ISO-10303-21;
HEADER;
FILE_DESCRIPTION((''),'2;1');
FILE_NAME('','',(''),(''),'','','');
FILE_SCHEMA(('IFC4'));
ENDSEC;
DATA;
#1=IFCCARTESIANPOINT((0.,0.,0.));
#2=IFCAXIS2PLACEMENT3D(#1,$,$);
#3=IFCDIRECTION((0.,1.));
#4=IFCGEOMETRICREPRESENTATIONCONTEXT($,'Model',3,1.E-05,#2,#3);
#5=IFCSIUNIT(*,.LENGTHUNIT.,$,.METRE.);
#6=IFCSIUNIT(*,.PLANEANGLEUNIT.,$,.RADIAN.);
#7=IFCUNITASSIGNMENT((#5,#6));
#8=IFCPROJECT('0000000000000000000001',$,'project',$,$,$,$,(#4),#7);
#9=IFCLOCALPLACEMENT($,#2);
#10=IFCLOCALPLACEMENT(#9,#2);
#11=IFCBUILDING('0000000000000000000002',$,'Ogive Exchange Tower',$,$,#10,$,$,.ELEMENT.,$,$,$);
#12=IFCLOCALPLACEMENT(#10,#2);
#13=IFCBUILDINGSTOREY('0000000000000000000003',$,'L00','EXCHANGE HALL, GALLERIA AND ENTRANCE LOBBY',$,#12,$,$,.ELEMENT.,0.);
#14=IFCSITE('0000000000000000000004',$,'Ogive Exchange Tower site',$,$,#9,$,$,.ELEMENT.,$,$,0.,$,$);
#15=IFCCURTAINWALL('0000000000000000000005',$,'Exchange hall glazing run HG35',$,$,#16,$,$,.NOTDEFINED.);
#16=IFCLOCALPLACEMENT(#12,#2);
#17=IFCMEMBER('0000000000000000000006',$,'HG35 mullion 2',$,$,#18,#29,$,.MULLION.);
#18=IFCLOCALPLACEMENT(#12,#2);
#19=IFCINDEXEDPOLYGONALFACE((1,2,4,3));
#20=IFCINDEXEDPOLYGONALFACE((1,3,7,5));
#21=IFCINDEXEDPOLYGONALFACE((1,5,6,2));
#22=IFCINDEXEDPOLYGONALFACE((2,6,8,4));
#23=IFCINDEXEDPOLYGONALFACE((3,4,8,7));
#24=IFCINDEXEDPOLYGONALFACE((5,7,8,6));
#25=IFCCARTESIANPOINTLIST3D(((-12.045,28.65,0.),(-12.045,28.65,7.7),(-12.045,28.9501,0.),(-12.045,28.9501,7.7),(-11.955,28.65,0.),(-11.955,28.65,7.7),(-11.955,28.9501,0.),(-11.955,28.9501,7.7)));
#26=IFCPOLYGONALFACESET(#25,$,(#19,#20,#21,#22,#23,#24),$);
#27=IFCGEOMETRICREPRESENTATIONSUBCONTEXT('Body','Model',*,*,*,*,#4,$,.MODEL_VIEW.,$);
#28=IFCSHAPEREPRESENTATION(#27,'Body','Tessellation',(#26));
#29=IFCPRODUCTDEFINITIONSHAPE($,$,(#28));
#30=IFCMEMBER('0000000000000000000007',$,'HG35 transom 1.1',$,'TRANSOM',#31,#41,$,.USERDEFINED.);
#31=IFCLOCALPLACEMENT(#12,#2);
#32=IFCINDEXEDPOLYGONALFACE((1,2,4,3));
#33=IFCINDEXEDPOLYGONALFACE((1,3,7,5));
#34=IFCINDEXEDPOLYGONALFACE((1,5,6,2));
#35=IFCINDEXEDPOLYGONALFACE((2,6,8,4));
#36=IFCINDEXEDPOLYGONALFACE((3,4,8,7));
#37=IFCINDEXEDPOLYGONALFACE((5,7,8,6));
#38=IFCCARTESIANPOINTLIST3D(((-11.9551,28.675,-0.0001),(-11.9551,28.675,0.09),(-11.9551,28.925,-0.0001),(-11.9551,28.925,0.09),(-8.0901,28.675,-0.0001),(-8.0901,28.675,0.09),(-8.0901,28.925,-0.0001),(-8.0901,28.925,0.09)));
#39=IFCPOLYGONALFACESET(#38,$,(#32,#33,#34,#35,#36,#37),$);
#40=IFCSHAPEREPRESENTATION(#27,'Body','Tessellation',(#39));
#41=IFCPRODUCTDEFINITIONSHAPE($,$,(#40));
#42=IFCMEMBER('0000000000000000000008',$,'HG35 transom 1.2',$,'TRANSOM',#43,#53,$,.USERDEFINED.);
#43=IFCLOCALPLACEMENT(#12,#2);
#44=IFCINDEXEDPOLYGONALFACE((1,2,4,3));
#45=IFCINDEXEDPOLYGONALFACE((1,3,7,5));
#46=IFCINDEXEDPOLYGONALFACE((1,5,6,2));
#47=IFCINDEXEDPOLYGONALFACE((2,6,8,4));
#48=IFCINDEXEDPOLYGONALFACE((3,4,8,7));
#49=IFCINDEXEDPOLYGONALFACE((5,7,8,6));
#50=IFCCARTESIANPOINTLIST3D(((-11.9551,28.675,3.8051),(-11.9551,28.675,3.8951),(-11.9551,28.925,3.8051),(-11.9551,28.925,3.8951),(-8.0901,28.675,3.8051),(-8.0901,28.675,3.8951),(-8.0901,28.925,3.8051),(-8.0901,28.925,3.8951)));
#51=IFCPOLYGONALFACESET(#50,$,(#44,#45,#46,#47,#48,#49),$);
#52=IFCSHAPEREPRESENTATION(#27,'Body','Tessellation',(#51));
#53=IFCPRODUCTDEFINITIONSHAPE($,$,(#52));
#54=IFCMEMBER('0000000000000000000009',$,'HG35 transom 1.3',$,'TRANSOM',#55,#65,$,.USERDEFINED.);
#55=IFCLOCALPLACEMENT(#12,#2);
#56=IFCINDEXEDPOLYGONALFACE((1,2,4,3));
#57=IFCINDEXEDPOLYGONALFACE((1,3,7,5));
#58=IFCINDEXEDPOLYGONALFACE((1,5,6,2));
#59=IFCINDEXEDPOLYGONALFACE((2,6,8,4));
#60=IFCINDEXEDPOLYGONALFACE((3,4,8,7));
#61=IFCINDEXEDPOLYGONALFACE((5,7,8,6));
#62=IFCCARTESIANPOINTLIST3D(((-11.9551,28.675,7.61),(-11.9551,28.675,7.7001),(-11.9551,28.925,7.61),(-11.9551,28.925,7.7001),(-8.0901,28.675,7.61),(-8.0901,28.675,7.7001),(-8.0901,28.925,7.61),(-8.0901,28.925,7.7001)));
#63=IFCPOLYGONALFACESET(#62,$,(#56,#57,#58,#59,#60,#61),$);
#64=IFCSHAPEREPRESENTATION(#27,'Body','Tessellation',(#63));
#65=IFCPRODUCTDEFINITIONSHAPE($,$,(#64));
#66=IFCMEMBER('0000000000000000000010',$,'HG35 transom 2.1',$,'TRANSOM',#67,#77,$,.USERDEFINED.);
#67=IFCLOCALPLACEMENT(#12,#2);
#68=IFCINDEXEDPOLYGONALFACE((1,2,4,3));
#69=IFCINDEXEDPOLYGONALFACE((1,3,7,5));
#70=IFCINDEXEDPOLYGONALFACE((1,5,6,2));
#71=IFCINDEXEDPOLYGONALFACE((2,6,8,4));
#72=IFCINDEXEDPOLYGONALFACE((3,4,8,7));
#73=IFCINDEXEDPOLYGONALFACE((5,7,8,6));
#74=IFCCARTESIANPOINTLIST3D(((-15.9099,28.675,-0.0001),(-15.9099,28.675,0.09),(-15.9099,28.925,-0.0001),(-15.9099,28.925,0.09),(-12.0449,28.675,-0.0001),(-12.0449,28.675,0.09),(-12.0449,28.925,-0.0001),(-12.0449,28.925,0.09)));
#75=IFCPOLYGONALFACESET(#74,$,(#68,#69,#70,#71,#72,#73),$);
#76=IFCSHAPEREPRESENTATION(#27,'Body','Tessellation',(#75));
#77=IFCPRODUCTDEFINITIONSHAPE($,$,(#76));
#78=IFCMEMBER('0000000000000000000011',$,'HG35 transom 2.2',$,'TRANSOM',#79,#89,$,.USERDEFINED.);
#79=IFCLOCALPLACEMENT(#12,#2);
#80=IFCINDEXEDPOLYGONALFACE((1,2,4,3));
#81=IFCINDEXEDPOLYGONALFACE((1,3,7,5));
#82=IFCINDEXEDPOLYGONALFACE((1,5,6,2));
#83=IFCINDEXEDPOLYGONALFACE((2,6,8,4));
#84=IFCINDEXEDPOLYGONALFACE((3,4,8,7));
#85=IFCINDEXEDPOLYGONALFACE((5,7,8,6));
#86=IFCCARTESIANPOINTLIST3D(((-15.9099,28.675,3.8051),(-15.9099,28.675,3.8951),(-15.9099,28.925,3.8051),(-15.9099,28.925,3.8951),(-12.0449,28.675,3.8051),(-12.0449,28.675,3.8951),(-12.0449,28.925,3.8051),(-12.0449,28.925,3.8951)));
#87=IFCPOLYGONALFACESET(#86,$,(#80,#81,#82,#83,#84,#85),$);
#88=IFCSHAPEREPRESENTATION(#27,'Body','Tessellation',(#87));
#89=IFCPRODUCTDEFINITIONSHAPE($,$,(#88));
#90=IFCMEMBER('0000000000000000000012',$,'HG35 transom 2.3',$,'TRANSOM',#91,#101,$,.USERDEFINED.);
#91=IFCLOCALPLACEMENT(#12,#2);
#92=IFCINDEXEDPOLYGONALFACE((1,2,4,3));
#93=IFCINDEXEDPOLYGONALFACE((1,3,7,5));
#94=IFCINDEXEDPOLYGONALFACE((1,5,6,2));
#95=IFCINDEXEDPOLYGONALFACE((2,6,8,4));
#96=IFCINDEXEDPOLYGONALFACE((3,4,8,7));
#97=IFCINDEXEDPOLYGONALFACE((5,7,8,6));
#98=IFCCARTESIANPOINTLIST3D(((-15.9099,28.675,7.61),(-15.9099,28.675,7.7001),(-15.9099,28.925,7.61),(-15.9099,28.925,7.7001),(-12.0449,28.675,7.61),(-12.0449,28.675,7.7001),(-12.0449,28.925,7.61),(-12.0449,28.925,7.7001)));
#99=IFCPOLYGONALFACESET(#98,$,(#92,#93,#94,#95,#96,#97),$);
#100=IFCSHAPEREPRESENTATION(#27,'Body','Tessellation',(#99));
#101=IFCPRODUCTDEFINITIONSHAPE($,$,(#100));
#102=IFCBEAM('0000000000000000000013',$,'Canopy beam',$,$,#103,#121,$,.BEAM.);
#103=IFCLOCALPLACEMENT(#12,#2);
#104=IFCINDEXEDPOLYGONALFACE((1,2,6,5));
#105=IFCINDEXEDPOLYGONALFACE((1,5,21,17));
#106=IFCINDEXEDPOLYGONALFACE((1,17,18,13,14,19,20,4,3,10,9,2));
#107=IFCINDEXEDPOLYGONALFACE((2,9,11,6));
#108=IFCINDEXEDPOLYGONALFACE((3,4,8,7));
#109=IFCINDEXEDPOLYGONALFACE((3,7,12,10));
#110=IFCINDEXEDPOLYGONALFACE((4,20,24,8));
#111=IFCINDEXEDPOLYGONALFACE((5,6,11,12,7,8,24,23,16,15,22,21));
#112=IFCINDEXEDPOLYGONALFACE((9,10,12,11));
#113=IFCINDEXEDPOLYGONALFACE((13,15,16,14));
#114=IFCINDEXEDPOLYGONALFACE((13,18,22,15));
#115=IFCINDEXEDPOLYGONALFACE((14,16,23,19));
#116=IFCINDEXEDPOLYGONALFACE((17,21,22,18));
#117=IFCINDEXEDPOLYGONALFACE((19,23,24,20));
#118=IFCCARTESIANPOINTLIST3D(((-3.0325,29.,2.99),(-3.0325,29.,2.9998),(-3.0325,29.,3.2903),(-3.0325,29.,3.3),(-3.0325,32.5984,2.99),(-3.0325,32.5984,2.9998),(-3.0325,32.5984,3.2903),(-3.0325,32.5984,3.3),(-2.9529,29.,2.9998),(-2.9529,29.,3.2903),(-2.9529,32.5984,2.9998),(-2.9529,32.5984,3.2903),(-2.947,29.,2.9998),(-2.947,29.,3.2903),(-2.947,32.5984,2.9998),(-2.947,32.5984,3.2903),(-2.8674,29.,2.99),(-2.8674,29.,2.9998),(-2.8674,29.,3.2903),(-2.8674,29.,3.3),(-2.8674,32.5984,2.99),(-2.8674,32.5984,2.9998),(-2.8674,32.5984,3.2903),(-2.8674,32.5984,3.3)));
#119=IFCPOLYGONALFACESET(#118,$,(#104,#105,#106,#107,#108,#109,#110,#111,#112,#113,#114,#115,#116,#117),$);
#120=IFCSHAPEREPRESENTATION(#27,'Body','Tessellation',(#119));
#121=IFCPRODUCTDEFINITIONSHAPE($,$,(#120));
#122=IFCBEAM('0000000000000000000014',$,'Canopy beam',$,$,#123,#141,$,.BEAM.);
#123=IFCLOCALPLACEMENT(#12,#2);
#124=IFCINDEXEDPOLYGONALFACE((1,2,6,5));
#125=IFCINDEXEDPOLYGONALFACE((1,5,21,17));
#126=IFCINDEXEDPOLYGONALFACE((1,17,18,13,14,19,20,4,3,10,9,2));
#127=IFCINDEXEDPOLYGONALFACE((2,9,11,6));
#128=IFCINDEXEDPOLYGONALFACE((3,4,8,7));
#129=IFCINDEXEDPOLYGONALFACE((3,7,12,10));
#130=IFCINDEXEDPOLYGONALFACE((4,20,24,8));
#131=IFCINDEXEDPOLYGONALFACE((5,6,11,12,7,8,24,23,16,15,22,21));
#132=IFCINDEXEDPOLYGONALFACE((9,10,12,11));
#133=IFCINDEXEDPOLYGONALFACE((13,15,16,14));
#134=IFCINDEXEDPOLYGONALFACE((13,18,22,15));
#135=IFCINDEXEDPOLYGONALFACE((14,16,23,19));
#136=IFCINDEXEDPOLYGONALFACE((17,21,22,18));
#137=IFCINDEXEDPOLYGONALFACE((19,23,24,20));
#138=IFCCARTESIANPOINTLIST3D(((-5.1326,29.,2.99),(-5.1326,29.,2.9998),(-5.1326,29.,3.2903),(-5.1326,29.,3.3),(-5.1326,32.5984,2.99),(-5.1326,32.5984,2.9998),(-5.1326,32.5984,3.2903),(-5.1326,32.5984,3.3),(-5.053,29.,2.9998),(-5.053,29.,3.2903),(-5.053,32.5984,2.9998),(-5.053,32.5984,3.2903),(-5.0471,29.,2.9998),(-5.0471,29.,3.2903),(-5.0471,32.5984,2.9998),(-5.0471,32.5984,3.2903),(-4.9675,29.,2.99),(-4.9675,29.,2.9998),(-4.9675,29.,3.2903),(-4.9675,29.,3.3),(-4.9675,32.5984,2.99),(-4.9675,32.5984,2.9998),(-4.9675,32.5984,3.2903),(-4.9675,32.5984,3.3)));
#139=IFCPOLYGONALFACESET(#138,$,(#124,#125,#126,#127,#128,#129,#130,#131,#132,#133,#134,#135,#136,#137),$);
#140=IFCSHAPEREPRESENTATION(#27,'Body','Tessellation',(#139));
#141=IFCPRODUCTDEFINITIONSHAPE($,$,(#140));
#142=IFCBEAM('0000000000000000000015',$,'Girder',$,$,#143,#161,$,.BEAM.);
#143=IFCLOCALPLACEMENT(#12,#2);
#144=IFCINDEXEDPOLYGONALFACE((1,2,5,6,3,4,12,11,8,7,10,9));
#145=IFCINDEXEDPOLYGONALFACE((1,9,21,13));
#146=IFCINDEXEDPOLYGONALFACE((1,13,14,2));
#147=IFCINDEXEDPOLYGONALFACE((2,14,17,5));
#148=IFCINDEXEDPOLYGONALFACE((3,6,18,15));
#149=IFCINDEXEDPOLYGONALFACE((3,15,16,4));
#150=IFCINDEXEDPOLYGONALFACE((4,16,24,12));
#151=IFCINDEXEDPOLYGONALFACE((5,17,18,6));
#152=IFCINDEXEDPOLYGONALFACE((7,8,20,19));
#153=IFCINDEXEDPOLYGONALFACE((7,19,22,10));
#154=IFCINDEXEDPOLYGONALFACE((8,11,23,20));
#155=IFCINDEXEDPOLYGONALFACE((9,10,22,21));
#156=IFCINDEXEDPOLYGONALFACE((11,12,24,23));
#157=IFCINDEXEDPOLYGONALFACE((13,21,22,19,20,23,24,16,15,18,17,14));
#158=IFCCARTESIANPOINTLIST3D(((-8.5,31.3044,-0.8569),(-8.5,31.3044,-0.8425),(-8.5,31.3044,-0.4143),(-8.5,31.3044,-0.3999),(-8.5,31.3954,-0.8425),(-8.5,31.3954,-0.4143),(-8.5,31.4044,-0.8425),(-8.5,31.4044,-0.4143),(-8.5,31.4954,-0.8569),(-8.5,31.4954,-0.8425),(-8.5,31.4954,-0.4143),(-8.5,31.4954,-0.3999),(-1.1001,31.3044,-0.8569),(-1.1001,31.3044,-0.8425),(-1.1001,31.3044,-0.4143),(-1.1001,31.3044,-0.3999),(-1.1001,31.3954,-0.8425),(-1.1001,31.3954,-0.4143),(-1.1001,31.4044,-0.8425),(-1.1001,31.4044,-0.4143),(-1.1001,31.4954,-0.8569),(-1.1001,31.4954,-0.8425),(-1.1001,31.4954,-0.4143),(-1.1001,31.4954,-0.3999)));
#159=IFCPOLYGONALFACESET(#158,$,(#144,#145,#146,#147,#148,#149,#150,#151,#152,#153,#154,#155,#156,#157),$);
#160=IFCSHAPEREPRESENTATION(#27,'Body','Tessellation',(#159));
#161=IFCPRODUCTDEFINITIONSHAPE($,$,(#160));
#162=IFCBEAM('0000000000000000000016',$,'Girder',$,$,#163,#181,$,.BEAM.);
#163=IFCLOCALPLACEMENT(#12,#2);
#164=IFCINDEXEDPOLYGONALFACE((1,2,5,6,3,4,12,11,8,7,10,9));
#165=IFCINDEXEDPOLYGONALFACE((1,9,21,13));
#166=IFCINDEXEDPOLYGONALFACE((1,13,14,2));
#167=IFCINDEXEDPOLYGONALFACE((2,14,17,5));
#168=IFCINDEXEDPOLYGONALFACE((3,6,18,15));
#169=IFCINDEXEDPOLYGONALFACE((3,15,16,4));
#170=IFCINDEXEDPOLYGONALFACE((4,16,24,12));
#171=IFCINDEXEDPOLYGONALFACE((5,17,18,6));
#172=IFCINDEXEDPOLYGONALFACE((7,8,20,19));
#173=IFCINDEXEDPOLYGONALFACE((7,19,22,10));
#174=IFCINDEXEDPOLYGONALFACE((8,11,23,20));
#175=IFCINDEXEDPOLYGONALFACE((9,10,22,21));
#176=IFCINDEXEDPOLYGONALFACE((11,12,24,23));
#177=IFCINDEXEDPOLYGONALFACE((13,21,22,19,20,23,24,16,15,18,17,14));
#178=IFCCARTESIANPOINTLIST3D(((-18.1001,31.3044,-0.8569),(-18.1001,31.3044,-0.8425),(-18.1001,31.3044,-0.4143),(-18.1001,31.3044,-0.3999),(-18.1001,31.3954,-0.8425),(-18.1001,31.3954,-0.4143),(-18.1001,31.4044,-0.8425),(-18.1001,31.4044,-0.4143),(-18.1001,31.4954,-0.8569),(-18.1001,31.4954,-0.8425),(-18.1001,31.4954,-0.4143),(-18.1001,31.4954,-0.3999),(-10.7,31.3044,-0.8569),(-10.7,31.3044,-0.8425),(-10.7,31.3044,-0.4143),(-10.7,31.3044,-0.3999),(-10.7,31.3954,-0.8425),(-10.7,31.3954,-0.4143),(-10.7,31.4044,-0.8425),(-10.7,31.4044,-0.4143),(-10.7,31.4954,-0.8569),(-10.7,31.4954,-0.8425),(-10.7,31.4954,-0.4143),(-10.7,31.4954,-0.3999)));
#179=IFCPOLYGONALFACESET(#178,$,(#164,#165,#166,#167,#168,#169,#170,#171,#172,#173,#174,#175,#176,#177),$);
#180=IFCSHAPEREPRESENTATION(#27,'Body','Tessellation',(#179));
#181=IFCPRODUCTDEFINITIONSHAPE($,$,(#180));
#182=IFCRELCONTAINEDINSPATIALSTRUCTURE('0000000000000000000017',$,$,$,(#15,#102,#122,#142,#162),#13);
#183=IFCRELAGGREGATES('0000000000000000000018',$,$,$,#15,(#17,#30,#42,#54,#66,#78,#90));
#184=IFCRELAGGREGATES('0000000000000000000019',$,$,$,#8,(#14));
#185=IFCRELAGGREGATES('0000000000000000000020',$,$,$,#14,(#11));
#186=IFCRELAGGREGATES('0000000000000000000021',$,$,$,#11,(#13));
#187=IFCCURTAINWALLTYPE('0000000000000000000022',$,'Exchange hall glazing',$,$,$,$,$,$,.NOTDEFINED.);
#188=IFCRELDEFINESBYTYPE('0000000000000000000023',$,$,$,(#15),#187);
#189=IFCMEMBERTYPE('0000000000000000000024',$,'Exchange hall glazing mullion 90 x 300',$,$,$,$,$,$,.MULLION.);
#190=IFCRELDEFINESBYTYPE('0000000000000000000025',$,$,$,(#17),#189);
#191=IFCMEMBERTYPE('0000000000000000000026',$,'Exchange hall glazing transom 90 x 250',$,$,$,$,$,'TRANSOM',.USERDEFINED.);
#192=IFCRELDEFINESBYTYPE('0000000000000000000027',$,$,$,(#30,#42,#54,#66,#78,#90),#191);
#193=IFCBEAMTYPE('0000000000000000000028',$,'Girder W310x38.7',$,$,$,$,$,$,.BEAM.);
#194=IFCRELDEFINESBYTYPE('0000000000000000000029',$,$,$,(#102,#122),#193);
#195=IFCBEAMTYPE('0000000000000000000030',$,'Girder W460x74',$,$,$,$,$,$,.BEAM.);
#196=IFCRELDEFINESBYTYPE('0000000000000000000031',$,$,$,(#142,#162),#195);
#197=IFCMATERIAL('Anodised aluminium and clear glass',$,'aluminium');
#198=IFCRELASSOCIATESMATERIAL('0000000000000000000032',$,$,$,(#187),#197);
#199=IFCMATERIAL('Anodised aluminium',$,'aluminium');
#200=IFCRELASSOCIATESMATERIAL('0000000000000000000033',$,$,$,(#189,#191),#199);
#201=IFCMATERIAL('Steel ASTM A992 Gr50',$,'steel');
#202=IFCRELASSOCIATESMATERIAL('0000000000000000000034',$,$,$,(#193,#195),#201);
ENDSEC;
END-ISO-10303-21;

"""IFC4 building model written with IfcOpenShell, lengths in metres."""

from ifc_helpers import new_model, si_unit, direction, frame, origin, origin_2d, place, context, subcontext, project, spatial, rectangle, i_section, extrude, material, material_profile, profile_set, type_object, element, aggregate, save


model = new_model("IFC4")

# Units and contexts
model_context = context("Model", 3, precision=1e-05, world=origin(), true_north=direction((0.0, 1.0)))
body_context = subcontext(model_context, "Body", "Model", "MODEL_VIEW")
ifc_project = project(units=[si_unit("LENGTHUNIT", "METRE"), si_unit("PLANEANGLEUNIT", "RADIAN")], contexts=[model_context])

# Site, building, storey
site_placement = place(None, origin())
site = spatial("IfcSite", under=ifc_project, at=site_placement, Name="Ogive Exchange Tower site", CompositionType="ELEMENT", RefElevation=0.0)
building_placement = place(site_placement, origin())
building = spatial("IfcBuilding", under=site, at=building_placement, Name="Ogive Exchange Tower", CompositionType="ELEMENT")
storey_placement = place(building_placement, origin())
storey = spatial("IfcBuildingStorey", under=building, at=storey_placement, Name="L00", Description="EXCHANGE HALL, GALLERIA AND ENTRANCE LOBBY", CompositionType="ELEMENT", Elevation=0.0)

# Curtain wall, members
ifc_material_1 = material(Name="Anodised aluminium and clear glass", Category="aluminium")
curtain_wall_type = type_object("IfcCurtainWallType", Name="Exchange hall glazing", PredefinedType="NOTDEFINED", material=ifc_material_1)
curtain_wall_placement = place(storey_placement, origin())
curtain_wall = element("IfcCurtainWall", 1, at=curtain_wall_placement, inside=storey, type_object=curtain_wall_type, Name="Exchange hall glazing run HG35", PredefinedType="NOTDEFINED")
ifc_material_2 = material(Name="Anodised aluminium", Category="aluminium")
ifc_material_profile_1 = material_profile(ifc_material_2, rectangle(XDim=0.3, YDim=0.0901, at=origin_2d()), Name="AL 90x300")
ifc_profile_set_1 = profile_set([ifc_material_profile_1], Name="Anodised aluminium")
member_type_1 = type_object("IfcMemberType", Name="Exchange hall glazing mullion 90 x 300", PredefinedType="MULLION", material=ifc_profile_set_1)
member_1_placement = place(storey_placement, frame((-12.0, 28.8, 0.0), z_axis=(0.0, 0.0, 1.0), x_axis=(0.0, -1.0, 0.0)))
member_1 = element("IfcMember", 2, at=member_1_placement, type_object=member_type_1, Name="HG35 mullion 2", PredefinedType="MULLION", context=body_context, shape_type="SweptSolid", body=[
    extrude(rectangle(XDim=0.3, YDim=0.0901, at=origin_2d()), origin(), (0.0, 0.0, 1.0), 7.7),
])
ifc_material_profile_2 = material_profile(ifc_material_2, rectangle(XDim=0.25, YDim=0.0901, at=origin_2d()), Name="AL 90x250")
ifc_profile_set_2 = profile_set([ifc_material_profile_2], Name="Anodised aluminium")
member_type_2 = type_object("IfcMemberType", Name="Exchange hall glazing transom 90 x 250", ElementType="TRANSOM", PredefinedType="USERDEFINED", material=ifc_profile_set_2)
member_2_placement = place(storey_placement, frame((-8.0901, 28.8, 0.0449), z_axis=(-1.0, 0.0, 0.0), x_axis=(0.0, -1.0, 0.0)))
member_2 = element("IfcMember", 3, at=member_2_placement, type_object=member_type_2, Name="HG35 transom 1.1", ObjectType="TRANSOM", PredefinedType="USERDEFINED", context=body_context, shape_type="SweptSolid", body=[
    extrude(rectangle(XDim=0.25, YDim=0.0901, at=origin_2d()), origin(), (0.0, 0.0, 1.0), 3.865),
])
member_3_placement = place(storey_placement, frame((-8.0901, 28.8, 3.8501), z_axis=(-1.0, 0.0, 0.0), x_axis=(0.0, -1.0, 0.0)))
member_3 = element("IfcMember", 4, at=member_3_placement, type_object=member_type_2, Name="HG35 transom 1.2", ObjectType="TRANSOM", PredefinedType="USERDEFINED", context=body_context, shape_type="SweptSolid", body=[
    extrude(rectangle(XDim=0.25, YDim=0.0901, at=origin_2d()), origin(), (0.0, 0.0, 1.0), 3.865),
])
member_4_placement = place(storey_placement, frame((-8.0901, 28.8, 7.655), z_axis=(-1.0, 0.0, 0.0), x_axis=(0.0, -1.0, 0.0)))
member_4 = element("IfcMember", 5, at=member_4_placement, type_object=member_type_2, Name="HG35 transom 1.3", ObjectType="TRANSOM", PredefinedType="USERDEFINED", context=body_context, shape_type="SweptSolid", body=[
    extrude(rectangle(XDim=0.25, YDim=0.0901, at=origin_2d()), origin(), (0.0, 0.0, 1.0), 3.865),
])
member_5_placement = place(storey_placement, frame((-12.0449, 28.8, 0.0449), z_axis=(-1.0, 0.0, 0.0), x_axis=(0.0, -1.0, 0.0)))
member_5 = element("IfcMember", 6, at=member_5_placement, type_object=member_type_2, Name="HG35 transom 2.1", ObjectType="TRANSOM", PredefinedType="USERDEFINED", context=body_context, shape_type="SweptSolid", body=[
    extrude(rectangle(XDim=0.25, YDim=0.0901, at=origin_2d()), origin(), (0.0, 0.0, 1.0), 3.865),
])
member_6_placement = place(storey_placement, frame((-12.0449, 28.8, 3.8501), z_axis=(-1.0, 0.0, 0.0), x_axis=(0.0, -1.0, 0.0)))
member_6 = element("IfcMember", 7, at=member_6_placement, type_object=member_type_2, Name="HG35 transom 2.2", ObjectType="TRANSOM", PredefinedType="USERDEFINED", context=body_context, shape_type="SweptSolid", body=[
    extrude(rectangle(XDim=0.25, YDim=0.0901, at=origin_2d()), origin(), (0.0, 0.0, 1.0), 3.865),
])
member_7_placement = place(storey_placement, frame((-12.0449, 28.8, 7.655), z_axis=(-1.0, 0.0, 0.0), x_axis=(0.0, -1.0, 0.0)))
member_7 = element("IfcMember", 8, at=member_7_placement, type_object=member_type_2, Name="HG35 transom 2.3", ObjectType="TRANSOM", PredefinedType="USERDEFINED", context=body_context, shape_type="SweptSolid", body=[
    extrude(rectangle(XDim=0.25, YDim=0.0901, at=origin_2d()), origin(), (0.0, 0.0, 1.0), 3.865),
])

# Beams
ifc_material_3 = material(Name="Steel ASTM A992 Gr50", Category="steel")
ifc_material_profile_3 = material_profile(ifc_material_3, i_section(OverallWidth=0.165, OverallDepth=0.3101, WebThickness=0.0059, FlangeThickness=0.0098, at=origin_2d()), Name="W310x38.7")
ifc_profile_set_3 = profile_set([ifc_material_profile_3], Name="Steel ASTM A992 Gr50")
beam_type_1 = type_object("IfcBeamType", Name="Girder W310x38.7", PredefinedType="BEAM", material=ifc_profile_set_3)
for number, where, z_axis, x_axis, name in (
    (9, (-2.95, 29.0, 3.145), (0.0, 1.0, 0.0), (-1.0, 0.0, 0.0), "Canopy beam"),
    (10, (-5.05, 29.0, 3.145), (0.0, 1.0, 0.0), (-1.0, 0.0, 0.0), "Canopy beam"),
):
    element("IfcBeam", number, at=place(storey_placement, frame(where, z_axis=z_axis, x_axis=x_axis)), inside=storey, type_object=beam_type_1, Name=name, PredefinedType="BEAM", context=body_context, shape_type="SweptSolid", body=[
        extrude(i_section(OverallWidth=0.165, OverallDepth=0.3101, WebThickness=0.0059, FlangeThickness=0.0098, at=origin_2d()), origin(), (0.0, 0.0, 1.0), 3.5984),
    ])
ifc_material_profile_4 = material_profile(ifc_material_3, i_section(OverallWidth=0.1909, OverallDepth=0.457, WebThickness=0.009, FlangeThickness=0.0144, at=origin_2d()), Name="W460x74")
ifc_profile_set_4 = profile_set([ifc_material_profile_4], Name="Steel ASTM A992 Gr50")
beam_type_2 = type_object("IfcBeamType", Name="Girder W460x74", PredefinedType="BEAM", material=ifc_profile_set_4)
beam_1_placement = place(storey_placement, frame((-1.1001, 31.3999, -0.6284), z_axis=(-1.0, 0.0, 0.0), x_axis=(0.0, -1.0, 0.0)))
element("IfcBeam", 11, at=beam_1_placement, inside=storey, type_object=beam_type_2, Name="Girder", PredefinedType="BEAM", context=body_context, shape_type="SweptSolid", body=[
    extrude(i_section(OverallWidth=0.1909, OverallDepth=0.457, WebThickness=0.009, FlangeThickness=0.0144, at=origin_2d()), origin(), (0.0, 0.0, 1.0), 7.3999),
])
beam_2_placement = place(storey_placement, frame((-10.7, 31.3999, -0.6284), z_axis=(-1.0, 0.0, 0.0), x_axis=(0.0, -1.0, 0.0)))
element("IfcBeam", 12, at=beam_2_placement, inside=storey, type_object=beam_type_2, Name="Girder", PredefinedType="BEAM", context=body_context, shape_type="SweptSolid", body=[
    extrude(i_section(OverallWidth=0.1909, OverallDepth=0.457, WebThickness=0.009, FlangeThickness=0.0144, at=origin_2d()), origin(), (0.0, 0.0, 1.0), 7.4001),
])

aggregate(curtain_wall, [member_1, member_2, member_3, member_4, member_5, member_6, member_7])

save(model, "model.ifc")
